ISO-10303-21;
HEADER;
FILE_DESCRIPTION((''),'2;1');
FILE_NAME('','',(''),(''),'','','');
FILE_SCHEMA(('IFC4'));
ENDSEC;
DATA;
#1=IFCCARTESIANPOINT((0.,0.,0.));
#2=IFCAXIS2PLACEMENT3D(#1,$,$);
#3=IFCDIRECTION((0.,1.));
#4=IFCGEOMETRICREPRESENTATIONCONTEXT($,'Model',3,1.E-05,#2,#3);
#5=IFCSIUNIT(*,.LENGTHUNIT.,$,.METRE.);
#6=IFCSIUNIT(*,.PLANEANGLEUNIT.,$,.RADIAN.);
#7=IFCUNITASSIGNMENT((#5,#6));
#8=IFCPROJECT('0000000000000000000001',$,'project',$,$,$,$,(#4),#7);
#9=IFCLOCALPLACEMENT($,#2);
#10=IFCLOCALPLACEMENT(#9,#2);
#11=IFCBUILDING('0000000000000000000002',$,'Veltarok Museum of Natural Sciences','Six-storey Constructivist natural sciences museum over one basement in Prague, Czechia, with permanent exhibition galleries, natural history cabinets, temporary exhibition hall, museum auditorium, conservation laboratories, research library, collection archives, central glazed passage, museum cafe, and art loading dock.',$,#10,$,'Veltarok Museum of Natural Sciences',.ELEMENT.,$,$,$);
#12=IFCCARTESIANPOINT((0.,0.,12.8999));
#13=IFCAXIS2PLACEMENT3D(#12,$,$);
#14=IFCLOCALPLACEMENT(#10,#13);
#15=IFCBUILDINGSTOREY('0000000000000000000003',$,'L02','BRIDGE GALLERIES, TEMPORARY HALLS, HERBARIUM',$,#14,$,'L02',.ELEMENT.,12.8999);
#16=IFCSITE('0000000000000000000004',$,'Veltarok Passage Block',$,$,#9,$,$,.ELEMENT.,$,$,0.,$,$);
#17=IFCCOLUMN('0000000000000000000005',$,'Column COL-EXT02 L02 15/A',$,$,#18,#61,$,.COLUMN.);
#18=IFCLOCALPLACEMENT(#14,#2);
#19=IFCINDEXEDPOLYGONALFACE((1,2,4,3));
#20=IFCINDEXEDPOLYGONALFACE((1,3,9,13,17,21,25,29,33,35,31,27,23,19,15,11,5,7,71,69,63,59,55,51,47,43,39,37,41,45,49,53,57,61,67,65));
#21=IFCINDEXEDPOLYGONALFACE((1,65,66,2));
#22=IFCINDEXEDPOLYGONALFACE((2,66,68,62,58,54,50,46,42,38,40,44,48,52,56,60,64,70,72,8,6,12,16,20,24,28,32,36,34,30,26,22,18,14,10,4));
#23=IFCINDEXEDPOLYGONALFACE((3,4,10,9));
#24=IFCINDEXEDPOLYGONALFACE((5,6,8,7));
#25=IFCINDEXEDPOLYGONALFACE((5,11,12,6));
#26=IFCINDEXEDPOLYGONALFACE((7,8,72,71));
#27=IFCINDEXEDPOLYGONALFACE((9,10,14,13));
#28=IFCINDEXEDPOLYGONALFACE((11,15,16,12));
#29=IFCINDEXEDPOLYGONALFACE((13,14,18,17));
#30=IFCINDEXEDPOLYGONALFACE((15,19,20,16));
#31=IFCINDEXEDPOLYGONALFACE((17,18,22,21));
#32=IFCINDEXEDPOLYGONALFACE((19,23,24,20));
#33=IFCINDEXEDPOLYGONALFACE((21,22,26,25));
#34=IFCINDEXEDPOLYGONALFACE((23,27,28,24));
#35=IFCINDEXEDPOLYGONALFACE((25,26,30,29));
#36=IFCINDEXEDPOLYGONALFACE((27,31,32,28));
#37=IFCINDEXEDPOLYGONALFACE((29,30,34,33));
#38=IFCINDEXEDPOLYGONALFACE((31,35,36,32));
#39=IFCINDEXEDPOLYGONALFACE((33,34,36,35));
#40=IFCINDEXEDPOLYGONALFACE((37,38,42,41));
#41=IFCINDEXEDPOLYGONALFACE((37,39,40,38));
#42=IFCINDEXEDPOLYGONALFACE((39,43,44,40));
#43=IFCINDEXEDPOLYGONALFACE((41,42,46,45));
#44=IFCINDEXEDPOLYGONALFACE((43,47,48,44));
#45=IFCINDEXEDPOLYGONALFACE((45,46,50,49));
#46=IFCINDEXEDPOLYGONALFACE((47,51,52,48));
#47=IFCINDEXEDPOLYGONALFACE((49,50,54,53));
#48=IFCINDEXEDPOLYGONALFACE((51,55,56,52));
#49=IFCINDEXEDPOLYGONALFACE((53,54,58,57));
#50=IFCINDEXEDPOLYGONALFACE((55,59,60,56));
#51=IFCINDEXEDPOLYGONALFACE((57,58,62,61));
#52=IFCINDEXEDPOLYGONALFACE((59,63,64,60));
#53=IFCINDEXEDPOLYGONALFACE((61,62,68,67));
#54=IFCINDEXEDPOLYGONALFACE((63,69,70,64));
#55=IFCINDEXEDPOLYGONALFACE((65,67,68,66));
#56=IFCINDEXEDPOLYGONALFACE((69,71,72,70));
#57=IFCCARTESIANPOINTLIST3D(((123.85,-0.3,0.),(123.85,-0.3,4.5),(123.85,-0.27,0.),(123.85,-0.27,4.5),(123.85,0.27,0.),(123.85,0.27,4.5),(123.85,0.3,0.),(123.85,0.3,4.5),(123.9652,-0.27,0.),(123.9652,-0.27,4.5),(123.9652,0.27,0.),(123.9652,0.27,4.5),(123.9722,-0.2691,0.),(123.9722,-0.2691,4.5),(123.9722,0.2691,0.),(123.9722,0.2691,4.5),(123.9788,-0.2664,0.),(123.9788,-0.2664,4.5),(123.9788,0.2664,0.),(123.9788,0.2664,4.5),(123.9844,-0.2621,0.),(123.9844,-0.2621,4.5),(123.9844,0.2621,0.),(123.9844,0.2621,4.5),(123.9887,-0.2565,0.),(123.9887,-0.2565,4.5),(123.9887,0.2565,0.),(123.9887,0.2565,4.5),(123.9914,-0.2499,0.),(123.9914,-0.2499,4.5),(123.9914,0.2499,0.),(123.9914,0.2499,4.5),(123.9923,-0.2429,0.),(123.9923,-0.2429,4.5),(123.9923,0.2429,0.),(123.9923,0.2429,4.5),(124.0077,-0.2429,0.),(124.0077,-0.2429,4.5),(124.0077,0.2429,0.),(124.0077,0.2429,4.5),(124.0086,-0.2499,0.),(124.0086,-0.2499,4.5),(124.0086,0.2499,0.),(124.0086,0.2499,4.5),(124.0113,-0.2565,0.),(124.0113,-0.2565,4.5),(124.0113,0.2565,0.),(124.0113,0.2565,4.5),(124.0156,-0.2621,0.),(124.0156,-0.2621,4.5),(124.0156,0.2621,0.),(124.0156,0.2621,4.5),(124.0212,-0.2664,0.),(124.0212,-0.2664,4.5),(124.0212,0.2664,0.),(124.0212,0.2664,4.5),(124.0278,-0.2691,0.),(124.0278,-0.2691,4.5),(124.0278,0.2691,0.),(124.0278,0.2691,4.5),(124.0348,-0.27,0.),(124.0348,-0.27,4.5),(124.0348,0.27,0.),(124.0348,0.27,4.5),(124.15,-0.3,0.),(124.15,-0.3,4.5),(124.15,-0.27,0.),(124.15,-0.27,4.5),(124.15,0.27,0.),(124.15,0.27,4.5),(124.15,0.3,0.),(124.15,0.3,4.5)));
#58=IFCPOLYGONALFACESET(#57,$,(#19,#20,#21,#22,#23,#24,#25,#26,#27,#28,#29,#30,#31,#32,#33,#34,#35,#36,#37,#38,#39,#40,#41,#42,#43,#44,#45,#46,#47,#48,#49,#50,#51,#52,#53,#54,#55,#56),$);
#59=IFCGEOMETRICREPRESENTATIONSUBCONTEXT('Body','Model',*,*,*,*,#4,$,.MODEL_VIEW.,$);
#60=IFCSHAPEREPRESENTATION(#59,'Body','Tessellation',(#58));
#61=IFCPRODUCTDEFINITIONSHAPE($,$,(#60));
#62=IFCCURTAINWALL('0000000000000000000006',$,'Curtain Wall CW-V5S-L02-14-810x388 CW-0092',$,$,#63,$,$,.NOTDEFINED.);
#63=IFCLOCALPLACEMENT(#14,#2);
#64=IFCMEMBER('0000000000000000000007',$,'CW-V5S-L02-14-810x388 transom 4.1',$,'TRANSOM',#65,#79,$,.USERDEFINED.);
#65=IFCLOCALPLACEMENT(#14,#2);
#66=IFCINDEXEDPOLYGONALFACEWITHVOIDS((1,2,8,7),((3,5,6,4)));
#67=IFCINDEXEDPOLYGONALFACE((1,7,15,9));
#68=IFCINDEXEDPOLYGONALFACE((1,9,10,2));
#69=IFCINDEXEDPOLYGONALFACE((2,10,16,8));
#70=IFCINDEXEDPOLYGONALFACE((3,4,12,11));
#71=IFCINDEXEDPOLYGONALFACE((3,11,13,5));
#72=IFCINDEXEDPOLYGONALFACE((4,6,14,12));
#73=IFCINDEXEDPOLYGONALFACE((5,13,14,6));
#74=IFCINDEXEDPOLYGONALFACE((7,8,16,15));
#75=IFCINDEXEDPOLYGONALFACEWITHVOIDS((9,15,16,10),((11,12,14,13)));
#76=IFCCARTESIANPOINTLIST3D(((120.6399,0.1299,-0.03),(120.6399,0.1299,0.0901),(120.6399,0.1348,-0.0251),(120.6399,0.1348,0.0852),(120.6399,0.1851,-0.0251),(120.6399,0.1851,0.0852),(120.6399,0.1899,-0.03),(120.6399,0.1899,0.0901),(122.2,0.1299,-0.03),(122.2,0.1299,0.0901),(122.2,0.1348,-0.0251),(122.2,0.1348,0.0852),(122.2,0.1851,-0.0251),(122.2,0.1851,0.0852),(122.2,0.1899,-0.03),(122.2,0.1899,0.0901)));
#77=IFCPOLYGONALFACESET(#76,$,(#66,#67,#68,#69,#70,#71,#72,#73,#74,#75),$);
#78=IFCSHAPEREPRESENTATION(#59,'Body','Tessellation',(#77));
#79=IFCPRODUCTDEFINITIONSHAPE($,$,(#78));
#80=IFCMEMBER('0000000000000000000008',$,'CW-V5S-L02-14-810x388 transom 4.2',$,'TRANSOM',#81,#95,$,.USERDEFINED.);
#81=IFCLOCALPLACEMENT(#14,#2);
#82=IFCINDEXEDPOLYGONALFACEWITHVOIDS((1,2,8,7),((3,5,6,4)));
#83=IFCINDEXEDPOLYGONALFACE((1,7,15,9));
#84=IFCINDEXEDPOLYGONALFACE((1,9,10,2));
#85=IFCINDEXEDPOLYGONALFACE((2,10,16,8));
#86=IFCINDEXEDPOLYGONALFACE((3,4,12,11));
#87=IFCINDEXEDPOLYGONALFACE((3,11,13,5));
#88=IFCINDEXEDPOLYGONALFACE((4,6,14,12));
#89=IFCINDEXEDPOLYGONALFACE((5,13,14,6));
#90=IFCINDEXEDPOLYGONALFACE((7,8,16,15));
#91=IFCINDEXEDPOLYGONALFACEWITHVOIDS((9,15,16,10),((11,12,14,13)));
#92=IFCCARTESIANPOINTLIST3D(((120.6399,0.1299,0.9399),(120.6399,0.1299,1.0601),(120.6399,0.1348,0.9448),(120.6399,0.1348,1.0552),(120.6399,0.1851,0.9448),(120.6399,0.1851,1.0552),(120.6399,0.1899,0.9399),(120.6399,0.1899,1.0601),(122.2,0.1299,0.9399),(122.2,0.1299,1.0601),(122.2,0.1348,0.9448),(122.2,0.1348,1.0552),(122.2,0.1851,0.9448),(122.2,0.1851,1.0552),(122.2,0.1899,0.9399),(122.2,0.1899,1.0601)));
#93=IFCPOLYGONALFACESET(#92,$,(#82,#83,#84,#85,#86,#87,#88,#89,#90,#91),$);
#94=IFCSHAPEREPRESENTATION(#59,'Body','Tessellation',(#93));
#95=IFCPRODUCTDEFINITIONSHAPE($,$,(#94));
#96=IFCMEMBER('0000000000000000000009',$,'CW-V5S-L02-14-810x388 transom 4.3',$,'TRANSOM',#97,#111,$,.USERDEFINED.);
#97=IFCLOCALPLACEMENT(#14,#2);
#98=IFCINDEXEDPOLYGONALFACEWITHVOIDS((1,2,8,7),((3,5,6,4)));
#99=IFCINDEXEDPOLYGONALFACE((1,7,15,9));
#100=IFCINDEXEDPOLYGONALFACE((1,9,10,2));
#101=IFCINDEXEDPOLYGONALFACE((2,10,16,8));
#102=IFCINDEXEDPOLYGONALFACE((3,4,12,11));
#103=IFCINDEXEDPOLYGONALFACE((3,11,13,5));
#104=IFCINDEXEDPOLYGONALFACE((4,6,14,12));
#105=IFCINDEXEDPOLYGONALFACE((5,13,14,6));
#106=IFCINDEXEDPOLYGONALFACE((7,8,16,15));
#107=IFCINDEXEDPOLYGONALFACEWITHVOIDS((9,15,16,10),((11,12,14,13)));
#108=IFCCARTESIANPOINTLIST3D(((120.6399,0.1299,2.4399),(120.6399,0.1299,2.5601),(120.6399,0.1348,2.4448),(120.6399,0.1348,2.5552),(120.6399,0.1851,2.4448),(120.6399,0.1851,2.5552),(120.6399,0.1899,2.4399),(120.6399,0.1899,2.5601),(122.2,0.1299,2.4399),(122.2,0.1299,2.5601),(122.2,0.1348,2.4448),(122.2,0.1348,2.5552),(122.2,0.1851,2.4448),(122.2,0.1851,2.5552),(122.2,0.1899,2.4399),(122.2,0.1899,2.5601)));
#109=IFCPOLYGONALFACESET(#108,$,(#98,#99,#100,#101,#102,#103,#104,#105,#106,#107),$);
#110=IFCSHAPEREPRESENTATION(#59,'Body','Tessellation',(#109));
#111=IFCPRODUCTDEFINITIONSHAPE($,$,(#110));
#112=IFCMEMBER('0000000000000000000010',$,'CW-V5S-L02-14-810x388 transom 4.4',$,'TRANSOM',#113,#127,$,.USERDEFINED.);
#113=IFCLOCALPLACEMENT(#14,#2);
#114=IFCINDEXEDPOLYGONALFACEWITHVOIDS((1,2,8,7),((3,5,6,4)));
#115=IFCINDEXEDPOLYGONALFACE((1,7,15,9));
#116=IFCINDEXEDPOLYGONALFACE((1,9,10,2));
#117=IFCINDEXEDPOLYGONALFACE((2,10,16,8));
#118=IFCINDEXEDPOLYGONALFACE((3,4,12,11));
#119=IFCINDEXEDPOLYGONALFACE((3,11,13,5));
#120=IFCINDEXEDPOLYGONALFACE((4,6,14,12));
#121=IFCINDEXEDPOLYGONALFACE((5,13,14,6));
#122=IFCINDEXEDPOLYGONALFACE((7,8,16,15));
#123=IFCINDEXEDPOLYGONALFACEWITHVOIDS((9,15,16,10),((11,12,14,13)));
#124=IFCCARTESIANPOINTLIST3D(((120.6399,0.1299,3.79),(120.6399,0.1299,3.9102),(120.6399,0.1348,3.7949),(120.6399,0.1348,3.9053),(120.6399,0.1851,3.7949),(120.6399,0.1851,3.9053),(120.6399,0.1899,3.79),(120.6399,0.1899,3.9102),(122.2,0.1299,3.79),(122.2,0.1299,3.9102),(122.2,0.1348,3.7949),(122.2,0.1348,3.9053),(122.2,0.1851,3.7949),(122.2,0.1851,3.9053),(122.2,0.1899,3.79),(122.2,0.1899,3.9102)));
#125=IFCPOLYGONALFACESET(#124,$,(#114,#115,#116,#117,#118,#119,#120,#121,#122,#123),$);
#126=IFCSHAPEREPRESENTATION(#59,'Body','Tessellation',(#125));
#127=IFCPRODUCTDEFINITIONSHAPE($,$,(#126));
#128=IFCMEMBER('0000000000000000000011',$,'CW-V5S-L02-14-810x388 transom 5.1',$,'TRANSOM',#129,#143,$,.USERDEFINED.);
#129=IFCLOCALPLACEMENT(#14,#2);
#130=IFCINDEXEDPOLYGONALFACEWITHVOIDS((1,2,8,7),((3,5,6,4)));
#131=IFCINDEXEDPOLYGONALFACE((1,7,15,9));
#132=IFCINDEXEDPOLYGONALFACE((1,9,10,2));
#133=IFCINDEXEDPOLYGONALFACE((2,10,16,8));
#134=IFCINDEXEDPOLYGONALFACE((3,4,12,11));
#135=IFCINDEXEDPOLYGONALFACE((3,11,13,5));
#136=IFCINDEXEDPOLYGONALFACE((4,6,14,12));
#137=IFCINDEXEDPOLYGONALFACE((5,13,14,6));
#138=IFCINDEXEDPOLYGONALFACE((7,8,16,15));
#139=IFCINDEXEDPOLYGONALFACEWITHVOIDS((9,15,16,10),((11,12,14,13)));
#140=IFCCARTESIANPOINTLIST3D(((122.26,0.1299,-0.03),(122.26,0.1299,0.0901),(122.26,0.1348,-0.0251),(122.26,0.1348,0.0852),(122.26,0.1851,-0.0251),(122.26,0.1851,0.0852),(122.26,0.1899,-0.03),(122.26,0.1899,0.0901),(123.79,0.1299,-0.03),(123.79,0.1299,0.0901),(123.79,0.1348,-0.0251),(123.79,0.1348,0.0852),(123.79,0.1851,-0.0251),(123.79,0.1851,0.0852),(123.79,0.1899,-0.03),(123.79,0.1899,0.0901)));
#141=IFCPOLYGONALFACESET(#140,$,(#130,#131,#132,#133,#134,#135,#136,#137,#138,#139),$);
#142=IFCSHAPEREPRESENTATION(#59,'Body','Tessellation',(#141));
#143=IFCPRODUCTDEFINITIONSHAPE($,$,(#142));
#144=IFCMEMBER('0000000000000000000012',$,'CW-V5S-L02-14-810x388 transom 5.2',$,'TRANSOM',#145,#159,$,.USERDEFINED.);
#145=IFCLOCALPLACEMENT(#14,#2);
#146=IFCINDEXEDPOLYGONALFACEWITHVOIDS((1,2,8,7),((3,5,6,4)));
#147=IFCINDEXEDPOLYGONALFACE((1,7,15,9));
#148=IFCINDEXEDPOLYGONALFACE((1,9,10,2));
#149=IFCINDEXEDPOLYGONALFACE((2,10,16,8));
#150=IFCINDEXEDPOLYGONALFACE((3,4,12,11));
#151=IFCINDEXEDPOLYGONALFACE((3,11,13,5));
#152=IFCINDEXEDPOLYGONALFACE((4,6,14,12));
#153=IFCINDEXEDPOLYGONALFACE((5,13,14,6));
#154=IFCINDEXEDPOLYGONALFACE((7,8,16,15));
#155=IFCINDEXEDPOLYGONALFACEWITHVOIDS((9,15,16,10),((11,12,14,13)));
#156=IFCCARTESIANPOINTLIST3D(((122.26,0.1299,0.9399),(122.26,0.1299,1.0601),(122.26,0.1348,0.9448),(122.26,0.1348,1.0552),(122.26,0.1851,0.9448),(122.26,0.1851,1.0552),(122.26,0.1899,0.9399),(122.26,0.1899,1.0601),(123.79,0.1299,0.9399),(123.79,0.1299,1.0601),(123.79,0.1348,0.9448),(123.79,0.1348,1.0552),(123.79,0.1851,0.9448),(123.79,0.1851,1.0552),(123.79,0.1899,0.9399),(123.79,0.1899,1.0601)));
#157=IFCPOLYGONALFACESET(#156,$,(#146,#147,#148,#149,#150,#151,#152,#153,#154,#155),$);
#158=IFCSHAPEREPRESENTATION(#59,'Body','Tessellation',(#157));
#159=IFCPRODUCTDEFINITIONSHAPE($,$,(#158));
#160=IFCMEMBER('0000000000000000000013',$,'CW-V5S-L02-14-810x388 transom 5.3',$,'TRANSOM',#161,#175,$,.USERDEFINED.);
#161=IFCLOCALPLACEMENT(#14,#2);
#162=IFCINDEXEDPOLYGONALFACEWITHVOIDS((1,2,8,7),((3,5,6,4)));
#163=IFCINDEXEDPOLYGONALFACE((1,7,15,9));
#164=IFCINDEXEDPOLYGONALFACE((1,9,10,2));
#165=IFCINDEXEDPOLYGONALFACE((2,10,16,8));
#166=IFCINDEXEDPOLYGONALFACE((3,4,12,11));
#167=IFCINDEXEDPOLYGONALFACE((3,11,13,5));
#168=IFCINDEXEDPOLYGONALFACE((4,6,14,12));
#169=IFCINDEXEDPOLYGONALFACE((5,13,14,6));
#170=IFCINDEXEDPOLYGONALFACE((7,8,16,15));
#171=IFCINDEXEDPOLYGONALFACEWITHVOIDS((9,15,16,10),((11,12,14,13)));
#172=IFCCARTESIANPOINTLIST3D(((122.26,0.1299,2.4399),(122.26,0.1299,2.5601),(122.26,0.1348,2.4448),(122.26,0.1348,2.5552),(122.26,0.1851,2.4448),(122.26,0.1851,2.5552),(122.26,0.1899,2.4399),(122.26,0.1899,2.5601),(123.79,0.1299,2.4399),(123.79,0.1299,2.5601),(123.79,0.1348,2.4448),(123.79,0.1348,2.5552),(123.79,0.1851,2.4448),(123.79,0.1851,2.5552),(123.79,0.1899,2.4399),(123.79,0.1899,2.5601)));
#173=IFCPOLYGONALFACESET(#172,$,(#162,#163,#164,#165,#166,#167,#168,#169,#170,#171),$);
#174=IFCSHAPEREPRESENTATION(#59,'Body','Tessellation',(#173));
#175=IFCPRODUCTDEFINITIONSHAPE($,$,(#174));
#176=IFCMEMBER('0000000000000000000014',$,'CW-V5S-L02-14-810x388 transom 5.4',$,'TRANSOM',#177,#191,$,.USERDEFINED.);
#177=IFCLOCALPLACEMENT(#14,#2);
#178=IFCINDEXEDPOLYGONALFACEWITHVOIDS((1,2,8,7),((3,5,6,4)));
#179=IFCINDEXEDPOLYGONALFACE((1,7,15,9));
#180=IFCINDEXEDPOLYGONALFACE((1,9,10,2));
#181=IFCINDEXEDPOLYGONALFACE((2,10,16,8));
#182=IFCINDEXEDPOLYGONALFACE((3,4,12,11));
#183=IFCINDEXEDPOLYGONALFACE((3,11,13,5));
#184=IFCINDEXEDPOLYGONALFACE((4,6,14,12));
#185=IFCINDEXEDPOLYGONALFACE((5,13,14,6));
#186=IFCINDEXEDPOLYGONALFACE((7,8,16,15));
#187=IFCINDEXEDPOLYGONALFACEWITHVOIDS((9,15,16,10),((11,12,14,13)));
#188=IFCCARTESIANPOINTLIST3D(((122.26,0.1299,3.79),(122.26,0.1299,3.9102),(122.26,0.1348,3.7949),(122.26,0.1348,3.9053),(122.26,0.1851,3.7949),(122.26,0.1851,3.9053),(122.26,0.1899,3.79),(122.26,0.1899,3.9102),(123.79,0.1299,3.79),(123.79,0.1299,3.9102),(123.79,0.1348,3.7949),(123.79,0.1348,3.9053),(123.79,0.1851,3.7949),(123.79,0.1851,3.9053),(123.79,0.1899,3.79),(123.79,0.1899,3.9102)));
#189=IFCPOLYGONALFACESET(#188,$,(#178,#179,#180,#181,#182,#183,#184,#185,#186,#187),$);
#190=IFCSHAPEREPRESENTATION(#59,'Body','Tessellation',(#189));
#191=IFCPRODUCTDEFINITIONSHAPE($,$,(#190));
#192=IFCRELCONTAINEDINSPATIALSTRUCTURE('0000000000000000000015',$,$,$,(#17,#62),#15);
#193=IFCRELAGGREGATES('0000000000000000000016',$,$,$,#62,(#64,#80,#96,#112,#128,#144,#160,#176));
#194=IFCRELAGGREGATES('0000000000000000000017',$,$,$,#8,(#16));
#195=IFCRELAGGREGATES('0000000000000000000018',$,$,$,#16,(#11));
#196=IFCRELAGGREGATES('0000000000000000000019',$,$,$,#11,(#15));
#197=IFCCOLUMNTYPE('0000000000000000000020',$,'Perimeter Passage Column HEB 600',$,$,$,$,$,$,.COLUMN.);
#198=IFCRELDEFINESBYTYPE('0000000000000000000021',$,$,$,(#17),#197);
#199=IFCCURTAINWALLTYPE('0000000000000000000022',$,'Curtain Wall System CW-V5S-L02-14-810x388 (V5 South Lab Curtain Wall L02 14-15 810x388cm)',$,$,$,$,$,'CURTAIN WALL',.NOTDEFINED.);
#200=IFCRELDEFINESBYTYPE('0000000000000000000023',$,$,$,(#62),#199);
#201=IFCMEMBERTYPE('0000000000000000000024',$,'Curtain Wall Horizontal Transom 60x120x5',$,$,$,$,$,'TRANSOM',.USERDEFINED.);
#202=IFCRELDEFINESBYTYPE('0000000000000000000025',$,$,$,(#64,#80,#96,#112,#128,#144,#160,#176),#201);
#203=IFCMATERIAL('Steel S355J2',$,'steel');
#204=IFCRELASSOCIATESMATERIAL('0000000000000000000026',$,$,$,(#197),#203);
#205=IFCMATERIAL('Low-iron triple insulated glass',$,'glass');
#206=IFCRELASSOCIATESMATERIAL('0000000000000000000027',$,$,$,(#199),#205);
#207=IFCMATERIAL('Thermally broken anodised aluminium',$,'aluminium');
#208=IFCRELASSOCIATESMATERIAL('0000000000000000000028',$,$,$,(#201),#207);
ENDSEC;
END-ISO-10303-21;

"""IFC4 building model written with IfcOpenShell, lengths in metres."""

from ifc_helpers import new_model, si_unit, direction, frame, origin, origin_2d, place, context, subcontext, project, spatial, hollow_rectangle, i_section, extrude, material, material_profile, profile_set, type_object, element, aggregate, save


model = new_model("IFC4")

# Units and contexts
model_context = context("Model", 3, precision=1e-05, world=origin(), true_north=direction((0.0, 1.0)))
body_context = subcontext(model_context, "Body", "Model", "MODEL_VIEW")
ifc_project = project(units=[si_unit("LENGTHUNIT", "METRE"), si_unit("PLANEANGLEUNIT", "RADIAN")], contexts=[model_context])

# Site, building, storey
site_placement = place(None, origin())
site = spatial("IfcSite", under=ifc_project, at=site_placement, Name="Veltarok Passage Block", CompositionType="ELEMENT", RefElevation=0.0)
building_placement = place(site_placement, origin())
building = spatial("IfcBuilding", under=site, at=building_placement, Name="Veltarok Museum of Natural Sciences", Description="Six-storey Constructivist natural sciences museum over one basement in Prague, Czechia, with permanent exhibition galleries, natural history cabinets, temporary exhibition hall, museum auditorium, conservation laboratories, research library, collection archives, central glazed passage, museum cafe, and art loading dock.", LongName="Veltarok Museum of Natural Sciences", CompositionType="ELEMENT")
storey_placement = place(building_placement, frame((0.0, 0.0, 12.8999)))
storey = spatial("IfcBuildingStorey", under=building, at=storey_placement, Name="L02", Description="BRIDGE GALLERIES, TEMPORARY HALLS, HERBARIUM", LongName="L02", CompositionType="ELEMENT", Elevation=12.8999)

# Column
ifc_material_1 = material(Name="Steel S355J2", Category="steel")
ifc_material_profile_1 = material_profile(ifc_material_1, i_section(OverallWidth=0.3, OverallDepth=0.6001, WebThickness=0.0154, FlangeThickness=0.03, FilletRadius=0.0271, at=origin_2d()), Name="HEB 600")
ifc_profile_set_1 = profile_set([ifc_material_profile_1], Name="Steel S355J2")
column_type = type_object("IfcColumnType", Name="Perimeter Passage Column HEB 600", PredefinedType="COLUMN", material=ifc_profile_set_1)
column_placement = place(storey_placement, frame((124.0, 0.0, 0.0), z_axis=(0.0, 0.0, 1.0), x_axis=(1.0, 0.0, 0.0)))
element("IfcColumn", 1, at=column_placement, inside=storey, type_object=column_type, Name="Column COL-EXT02 L02 15/A", PredefinedType="COLUMN", context=body_context, shape_type="SweptSolid", body=[
    extrude(i_section(OverallWidth=0.3, OverallDepth=0.6001, WebThickness=0.0154, FlangeThickness=0.03, FilletRadius=0.0271, at=origin_2d()), origin(), (0.0, 0.0, 1.0), 4.5),
])

# Curtain wall, members
ifc_material_2 = material(Name="Low-iron triple insulated glass", Category="glass")
curtain_wall_type = type_object("IfcCurtainWallType", Name="Curtain Wall System CW-V5S-L02-14-810x388 (V5 South Lab Curtain Wall L02 14-15 810x388cm)", ElementType="CURTAIN WALL", PredefinedType="NOTDEFINED", material=ifc_material_2)
curtain_wall_placement = place(storey_placement, origin())
curtain_wall = element("IfcCurtainWall", 2, at=curtain_wall_placement, inside=storey, type_object=curtain_wall_type, Name="Curtain Wall CW-V5S-L02-14-810x388 CW-0092", PredefinedType="NOTDEFINED")
ifc_material_3 = material(Name="Thermally broken anodised aluminium", Category="aluminium")
ifc_material_profile_2 = material_profile(ifc_material_3, hollow_rectangle(XDim=0.0601, YDim=0.1201, WallThickness=0.0049, at=origin_2d()), Name="CW TRANSOM 60x120x5")
ifc_profile_set_2 = profile_set([ifc_material_profile_2], Name="Thermally broken anodised aluminium")
member_type_1 = type_object("IfcMemberType", Name="Curtain Wall Horizontal Transom 60x120x5", ElementType="TRANSOM", PredefinedType="USERDEFINED", material=ifc_profile_set_2)
member_1_placement = place(storey_placement, frame((120.6399, 0.1599, 0.03), z_axis=(1.0, 0.0, 0.0), x_axis=(0.0, 1.0, 0.0)))
member_1 = element("IfcMember", 3, at=member_1_placement, type_object=member_type_1, Name="CW-V5S-L02-14-810x388 transom 4.1", ObjectType="TRANSOM", PredefinedType="USERDEFINED", context=body_context, shape_type="SweptSolid", body=[
    extrude(hollow_rectangle(XDim=0.0601, YDim=0.1201, WallThickness=0.0049, at=origin_2d()), origin(), (0.0, 0.0, 1.0), 1.5601),
])
member_2_placement = place(storey_placement, frame((120.6399, 0.1599, 1.0), z_axis=(1.0, 0.0, 0.0), x_axis=(0.0, 1.0, 0.0)))
member_2 = element("IfcMember", 4, at=member_2_placement, type_object=member_type_1, Name="CW-V5S-L02-14-810x388 transom 4.2", ObjectType="TRANSOM", PredefinedType="USERDEFINED", context=body_context, shape_type="SweptSolid", body=[
    extrude(hollow_rectangle(XDim=0.0601, YDim=0.1201, WallThickness=0.0049, at=origin_2d()), origin(), (0.0, 0.0, 1.0), 1.5601),
])
member_3_placement = place(storey_placement, frame((120.6399, 0.1599, 2.5), z_axis=(1.0, 0.0, 0.0), x_axis=(0.0, 1.0, 0.0)))
member_3 = element("IfcMember", 5, at=member_3_placement, type_object=member_type_1, Name="CW-V5S-L02-14-810x388 transom 4.3", ObjectType="TRANSOM", PredefinedType="USERDEFINED", context=body_context, shape_type="SweptSolid", body=[
    extrude(hollow_rectangle(XDim=0.0601, YDim=0.1201, WallThickness=0.0049, at=origin_2d()), origin(), (0.0, 0.0, 1.0), 1.5601),
])
member_4_placement = place(storey_placement, frame((120.6399, 0.1599, 3.8501), z_axis=(1.0, 0.0, 0.0), x_axis=(0.0, 1.0, 0.0)))
member_4 = element("IfcMember", 6, at=member_4_placement, type_object=member_type_1, Name="CW-V5S-L02-14-810x388 transom 4.4", ObjectType="TRANSOM", PredefinedType="USERDEFINED", context=body_context, shape_type="SweptSolid", body=[
    extrude(hollow_rectangle(XDim=0.0601, YDim=0.1201, WallThickness=0.0049, at=origin_2d()), origin(), (0.0, 0.0, 1.0), 1.5601),
])
member_5_placement = place(storey_placement, frame((122.26, 0.1599, 0.03), z_axis=(1.0, 0.0, 0.0), x_axis=(0.0, 1.0, 0.0)))
member_5 = element("IfcMember", 7, at=member_5_placement, type_object=member_type_1, Name="CW-V5S-L02-14-810x388 transom 5.1", ObjectType="TRANSOM", PredefinedType="USERDEFINED", context=body_context, shape_type="SweptSolid", body=[
    extrude(hollow_rectangle(XDim=0.0601, YDim=0.1201, WallThickness=0.0049, at=origin_2d()), origin(), (0.0, 0.0, 1.0), 1.53),
])
member_6_placement = place(storey_placement, frame((122.26, 0.1599, 1.0), z_axis=(1.0, 0.0, 0.0), x_axis=(0.0, 1.0, 0.0)))
member_6 = element("IfcMember", 8, at=member_6_placement, type_object=member_type_1, Name="CW-V5S-L02-14-810x388 transom 5.2", ObjectType="TRANSOM", PredefinedType="USERDEFINED", context=body_context, shape_type="SweptSolid", body=[
    extrude(hollow_rectangle(XDim=0.0601, YDim=0.1201, WallThickness=0.0049, at=origin_2d()), origin(), (0.0, 0.0, 1.0), 1.53),
])
member_7_placement = place(storey_placement, frame((122.26, 0.1599, 2.5), z_axis=(1.0, 0.0, 0.0), x_axis=(0.0, 1.0, 0.0)))
member_7 = element("IfcMember", 9, at=member_7_placement, type_object=member_type_1, Name="CW-V5S-L02-14-810x388 transom 5.3", ObjectType="TRANSOM", PredefinedType="USERDEFINED", context=body_context, shape_type="SweptSolid", body=[
    extrude(hollow_rectangle(XDim=0.0601, YDim=0.1201, WallThickness=0.0049, at=origin_2d()), origin(), (0.0, 0.0, 1.0), 1.53),
])
member_8_placement = place(storey_placement, frame((122.26, 0.1599, 3.8501), z_axis=(1.0, 0.0, 0.0), x_axis=(0.0, 1.0, 0.0)))
member_8 = element("IfcMember", 10, at=member_8_placement, type_object=member_type_1, Name="CW-V5S-L02-14-810x388 transom 5.4", ObjectType="TRANSOM", PredefinedType="USERDEFINED", context=body_context, shape_type="SweptSolid", body=[
    extrude(hollow_rectangle(XDim=0.0601, YDim=0.1201, WallThickness=0.0049, at=origin_2d()), origin(), (0.0, 0.0, 1.0), 1.53),
])
aggregate(curtain_wall, [member_1, member_2, member_3, member_4, member_5, member_6, member_7, member_8])

save(model, "model.ifc")
